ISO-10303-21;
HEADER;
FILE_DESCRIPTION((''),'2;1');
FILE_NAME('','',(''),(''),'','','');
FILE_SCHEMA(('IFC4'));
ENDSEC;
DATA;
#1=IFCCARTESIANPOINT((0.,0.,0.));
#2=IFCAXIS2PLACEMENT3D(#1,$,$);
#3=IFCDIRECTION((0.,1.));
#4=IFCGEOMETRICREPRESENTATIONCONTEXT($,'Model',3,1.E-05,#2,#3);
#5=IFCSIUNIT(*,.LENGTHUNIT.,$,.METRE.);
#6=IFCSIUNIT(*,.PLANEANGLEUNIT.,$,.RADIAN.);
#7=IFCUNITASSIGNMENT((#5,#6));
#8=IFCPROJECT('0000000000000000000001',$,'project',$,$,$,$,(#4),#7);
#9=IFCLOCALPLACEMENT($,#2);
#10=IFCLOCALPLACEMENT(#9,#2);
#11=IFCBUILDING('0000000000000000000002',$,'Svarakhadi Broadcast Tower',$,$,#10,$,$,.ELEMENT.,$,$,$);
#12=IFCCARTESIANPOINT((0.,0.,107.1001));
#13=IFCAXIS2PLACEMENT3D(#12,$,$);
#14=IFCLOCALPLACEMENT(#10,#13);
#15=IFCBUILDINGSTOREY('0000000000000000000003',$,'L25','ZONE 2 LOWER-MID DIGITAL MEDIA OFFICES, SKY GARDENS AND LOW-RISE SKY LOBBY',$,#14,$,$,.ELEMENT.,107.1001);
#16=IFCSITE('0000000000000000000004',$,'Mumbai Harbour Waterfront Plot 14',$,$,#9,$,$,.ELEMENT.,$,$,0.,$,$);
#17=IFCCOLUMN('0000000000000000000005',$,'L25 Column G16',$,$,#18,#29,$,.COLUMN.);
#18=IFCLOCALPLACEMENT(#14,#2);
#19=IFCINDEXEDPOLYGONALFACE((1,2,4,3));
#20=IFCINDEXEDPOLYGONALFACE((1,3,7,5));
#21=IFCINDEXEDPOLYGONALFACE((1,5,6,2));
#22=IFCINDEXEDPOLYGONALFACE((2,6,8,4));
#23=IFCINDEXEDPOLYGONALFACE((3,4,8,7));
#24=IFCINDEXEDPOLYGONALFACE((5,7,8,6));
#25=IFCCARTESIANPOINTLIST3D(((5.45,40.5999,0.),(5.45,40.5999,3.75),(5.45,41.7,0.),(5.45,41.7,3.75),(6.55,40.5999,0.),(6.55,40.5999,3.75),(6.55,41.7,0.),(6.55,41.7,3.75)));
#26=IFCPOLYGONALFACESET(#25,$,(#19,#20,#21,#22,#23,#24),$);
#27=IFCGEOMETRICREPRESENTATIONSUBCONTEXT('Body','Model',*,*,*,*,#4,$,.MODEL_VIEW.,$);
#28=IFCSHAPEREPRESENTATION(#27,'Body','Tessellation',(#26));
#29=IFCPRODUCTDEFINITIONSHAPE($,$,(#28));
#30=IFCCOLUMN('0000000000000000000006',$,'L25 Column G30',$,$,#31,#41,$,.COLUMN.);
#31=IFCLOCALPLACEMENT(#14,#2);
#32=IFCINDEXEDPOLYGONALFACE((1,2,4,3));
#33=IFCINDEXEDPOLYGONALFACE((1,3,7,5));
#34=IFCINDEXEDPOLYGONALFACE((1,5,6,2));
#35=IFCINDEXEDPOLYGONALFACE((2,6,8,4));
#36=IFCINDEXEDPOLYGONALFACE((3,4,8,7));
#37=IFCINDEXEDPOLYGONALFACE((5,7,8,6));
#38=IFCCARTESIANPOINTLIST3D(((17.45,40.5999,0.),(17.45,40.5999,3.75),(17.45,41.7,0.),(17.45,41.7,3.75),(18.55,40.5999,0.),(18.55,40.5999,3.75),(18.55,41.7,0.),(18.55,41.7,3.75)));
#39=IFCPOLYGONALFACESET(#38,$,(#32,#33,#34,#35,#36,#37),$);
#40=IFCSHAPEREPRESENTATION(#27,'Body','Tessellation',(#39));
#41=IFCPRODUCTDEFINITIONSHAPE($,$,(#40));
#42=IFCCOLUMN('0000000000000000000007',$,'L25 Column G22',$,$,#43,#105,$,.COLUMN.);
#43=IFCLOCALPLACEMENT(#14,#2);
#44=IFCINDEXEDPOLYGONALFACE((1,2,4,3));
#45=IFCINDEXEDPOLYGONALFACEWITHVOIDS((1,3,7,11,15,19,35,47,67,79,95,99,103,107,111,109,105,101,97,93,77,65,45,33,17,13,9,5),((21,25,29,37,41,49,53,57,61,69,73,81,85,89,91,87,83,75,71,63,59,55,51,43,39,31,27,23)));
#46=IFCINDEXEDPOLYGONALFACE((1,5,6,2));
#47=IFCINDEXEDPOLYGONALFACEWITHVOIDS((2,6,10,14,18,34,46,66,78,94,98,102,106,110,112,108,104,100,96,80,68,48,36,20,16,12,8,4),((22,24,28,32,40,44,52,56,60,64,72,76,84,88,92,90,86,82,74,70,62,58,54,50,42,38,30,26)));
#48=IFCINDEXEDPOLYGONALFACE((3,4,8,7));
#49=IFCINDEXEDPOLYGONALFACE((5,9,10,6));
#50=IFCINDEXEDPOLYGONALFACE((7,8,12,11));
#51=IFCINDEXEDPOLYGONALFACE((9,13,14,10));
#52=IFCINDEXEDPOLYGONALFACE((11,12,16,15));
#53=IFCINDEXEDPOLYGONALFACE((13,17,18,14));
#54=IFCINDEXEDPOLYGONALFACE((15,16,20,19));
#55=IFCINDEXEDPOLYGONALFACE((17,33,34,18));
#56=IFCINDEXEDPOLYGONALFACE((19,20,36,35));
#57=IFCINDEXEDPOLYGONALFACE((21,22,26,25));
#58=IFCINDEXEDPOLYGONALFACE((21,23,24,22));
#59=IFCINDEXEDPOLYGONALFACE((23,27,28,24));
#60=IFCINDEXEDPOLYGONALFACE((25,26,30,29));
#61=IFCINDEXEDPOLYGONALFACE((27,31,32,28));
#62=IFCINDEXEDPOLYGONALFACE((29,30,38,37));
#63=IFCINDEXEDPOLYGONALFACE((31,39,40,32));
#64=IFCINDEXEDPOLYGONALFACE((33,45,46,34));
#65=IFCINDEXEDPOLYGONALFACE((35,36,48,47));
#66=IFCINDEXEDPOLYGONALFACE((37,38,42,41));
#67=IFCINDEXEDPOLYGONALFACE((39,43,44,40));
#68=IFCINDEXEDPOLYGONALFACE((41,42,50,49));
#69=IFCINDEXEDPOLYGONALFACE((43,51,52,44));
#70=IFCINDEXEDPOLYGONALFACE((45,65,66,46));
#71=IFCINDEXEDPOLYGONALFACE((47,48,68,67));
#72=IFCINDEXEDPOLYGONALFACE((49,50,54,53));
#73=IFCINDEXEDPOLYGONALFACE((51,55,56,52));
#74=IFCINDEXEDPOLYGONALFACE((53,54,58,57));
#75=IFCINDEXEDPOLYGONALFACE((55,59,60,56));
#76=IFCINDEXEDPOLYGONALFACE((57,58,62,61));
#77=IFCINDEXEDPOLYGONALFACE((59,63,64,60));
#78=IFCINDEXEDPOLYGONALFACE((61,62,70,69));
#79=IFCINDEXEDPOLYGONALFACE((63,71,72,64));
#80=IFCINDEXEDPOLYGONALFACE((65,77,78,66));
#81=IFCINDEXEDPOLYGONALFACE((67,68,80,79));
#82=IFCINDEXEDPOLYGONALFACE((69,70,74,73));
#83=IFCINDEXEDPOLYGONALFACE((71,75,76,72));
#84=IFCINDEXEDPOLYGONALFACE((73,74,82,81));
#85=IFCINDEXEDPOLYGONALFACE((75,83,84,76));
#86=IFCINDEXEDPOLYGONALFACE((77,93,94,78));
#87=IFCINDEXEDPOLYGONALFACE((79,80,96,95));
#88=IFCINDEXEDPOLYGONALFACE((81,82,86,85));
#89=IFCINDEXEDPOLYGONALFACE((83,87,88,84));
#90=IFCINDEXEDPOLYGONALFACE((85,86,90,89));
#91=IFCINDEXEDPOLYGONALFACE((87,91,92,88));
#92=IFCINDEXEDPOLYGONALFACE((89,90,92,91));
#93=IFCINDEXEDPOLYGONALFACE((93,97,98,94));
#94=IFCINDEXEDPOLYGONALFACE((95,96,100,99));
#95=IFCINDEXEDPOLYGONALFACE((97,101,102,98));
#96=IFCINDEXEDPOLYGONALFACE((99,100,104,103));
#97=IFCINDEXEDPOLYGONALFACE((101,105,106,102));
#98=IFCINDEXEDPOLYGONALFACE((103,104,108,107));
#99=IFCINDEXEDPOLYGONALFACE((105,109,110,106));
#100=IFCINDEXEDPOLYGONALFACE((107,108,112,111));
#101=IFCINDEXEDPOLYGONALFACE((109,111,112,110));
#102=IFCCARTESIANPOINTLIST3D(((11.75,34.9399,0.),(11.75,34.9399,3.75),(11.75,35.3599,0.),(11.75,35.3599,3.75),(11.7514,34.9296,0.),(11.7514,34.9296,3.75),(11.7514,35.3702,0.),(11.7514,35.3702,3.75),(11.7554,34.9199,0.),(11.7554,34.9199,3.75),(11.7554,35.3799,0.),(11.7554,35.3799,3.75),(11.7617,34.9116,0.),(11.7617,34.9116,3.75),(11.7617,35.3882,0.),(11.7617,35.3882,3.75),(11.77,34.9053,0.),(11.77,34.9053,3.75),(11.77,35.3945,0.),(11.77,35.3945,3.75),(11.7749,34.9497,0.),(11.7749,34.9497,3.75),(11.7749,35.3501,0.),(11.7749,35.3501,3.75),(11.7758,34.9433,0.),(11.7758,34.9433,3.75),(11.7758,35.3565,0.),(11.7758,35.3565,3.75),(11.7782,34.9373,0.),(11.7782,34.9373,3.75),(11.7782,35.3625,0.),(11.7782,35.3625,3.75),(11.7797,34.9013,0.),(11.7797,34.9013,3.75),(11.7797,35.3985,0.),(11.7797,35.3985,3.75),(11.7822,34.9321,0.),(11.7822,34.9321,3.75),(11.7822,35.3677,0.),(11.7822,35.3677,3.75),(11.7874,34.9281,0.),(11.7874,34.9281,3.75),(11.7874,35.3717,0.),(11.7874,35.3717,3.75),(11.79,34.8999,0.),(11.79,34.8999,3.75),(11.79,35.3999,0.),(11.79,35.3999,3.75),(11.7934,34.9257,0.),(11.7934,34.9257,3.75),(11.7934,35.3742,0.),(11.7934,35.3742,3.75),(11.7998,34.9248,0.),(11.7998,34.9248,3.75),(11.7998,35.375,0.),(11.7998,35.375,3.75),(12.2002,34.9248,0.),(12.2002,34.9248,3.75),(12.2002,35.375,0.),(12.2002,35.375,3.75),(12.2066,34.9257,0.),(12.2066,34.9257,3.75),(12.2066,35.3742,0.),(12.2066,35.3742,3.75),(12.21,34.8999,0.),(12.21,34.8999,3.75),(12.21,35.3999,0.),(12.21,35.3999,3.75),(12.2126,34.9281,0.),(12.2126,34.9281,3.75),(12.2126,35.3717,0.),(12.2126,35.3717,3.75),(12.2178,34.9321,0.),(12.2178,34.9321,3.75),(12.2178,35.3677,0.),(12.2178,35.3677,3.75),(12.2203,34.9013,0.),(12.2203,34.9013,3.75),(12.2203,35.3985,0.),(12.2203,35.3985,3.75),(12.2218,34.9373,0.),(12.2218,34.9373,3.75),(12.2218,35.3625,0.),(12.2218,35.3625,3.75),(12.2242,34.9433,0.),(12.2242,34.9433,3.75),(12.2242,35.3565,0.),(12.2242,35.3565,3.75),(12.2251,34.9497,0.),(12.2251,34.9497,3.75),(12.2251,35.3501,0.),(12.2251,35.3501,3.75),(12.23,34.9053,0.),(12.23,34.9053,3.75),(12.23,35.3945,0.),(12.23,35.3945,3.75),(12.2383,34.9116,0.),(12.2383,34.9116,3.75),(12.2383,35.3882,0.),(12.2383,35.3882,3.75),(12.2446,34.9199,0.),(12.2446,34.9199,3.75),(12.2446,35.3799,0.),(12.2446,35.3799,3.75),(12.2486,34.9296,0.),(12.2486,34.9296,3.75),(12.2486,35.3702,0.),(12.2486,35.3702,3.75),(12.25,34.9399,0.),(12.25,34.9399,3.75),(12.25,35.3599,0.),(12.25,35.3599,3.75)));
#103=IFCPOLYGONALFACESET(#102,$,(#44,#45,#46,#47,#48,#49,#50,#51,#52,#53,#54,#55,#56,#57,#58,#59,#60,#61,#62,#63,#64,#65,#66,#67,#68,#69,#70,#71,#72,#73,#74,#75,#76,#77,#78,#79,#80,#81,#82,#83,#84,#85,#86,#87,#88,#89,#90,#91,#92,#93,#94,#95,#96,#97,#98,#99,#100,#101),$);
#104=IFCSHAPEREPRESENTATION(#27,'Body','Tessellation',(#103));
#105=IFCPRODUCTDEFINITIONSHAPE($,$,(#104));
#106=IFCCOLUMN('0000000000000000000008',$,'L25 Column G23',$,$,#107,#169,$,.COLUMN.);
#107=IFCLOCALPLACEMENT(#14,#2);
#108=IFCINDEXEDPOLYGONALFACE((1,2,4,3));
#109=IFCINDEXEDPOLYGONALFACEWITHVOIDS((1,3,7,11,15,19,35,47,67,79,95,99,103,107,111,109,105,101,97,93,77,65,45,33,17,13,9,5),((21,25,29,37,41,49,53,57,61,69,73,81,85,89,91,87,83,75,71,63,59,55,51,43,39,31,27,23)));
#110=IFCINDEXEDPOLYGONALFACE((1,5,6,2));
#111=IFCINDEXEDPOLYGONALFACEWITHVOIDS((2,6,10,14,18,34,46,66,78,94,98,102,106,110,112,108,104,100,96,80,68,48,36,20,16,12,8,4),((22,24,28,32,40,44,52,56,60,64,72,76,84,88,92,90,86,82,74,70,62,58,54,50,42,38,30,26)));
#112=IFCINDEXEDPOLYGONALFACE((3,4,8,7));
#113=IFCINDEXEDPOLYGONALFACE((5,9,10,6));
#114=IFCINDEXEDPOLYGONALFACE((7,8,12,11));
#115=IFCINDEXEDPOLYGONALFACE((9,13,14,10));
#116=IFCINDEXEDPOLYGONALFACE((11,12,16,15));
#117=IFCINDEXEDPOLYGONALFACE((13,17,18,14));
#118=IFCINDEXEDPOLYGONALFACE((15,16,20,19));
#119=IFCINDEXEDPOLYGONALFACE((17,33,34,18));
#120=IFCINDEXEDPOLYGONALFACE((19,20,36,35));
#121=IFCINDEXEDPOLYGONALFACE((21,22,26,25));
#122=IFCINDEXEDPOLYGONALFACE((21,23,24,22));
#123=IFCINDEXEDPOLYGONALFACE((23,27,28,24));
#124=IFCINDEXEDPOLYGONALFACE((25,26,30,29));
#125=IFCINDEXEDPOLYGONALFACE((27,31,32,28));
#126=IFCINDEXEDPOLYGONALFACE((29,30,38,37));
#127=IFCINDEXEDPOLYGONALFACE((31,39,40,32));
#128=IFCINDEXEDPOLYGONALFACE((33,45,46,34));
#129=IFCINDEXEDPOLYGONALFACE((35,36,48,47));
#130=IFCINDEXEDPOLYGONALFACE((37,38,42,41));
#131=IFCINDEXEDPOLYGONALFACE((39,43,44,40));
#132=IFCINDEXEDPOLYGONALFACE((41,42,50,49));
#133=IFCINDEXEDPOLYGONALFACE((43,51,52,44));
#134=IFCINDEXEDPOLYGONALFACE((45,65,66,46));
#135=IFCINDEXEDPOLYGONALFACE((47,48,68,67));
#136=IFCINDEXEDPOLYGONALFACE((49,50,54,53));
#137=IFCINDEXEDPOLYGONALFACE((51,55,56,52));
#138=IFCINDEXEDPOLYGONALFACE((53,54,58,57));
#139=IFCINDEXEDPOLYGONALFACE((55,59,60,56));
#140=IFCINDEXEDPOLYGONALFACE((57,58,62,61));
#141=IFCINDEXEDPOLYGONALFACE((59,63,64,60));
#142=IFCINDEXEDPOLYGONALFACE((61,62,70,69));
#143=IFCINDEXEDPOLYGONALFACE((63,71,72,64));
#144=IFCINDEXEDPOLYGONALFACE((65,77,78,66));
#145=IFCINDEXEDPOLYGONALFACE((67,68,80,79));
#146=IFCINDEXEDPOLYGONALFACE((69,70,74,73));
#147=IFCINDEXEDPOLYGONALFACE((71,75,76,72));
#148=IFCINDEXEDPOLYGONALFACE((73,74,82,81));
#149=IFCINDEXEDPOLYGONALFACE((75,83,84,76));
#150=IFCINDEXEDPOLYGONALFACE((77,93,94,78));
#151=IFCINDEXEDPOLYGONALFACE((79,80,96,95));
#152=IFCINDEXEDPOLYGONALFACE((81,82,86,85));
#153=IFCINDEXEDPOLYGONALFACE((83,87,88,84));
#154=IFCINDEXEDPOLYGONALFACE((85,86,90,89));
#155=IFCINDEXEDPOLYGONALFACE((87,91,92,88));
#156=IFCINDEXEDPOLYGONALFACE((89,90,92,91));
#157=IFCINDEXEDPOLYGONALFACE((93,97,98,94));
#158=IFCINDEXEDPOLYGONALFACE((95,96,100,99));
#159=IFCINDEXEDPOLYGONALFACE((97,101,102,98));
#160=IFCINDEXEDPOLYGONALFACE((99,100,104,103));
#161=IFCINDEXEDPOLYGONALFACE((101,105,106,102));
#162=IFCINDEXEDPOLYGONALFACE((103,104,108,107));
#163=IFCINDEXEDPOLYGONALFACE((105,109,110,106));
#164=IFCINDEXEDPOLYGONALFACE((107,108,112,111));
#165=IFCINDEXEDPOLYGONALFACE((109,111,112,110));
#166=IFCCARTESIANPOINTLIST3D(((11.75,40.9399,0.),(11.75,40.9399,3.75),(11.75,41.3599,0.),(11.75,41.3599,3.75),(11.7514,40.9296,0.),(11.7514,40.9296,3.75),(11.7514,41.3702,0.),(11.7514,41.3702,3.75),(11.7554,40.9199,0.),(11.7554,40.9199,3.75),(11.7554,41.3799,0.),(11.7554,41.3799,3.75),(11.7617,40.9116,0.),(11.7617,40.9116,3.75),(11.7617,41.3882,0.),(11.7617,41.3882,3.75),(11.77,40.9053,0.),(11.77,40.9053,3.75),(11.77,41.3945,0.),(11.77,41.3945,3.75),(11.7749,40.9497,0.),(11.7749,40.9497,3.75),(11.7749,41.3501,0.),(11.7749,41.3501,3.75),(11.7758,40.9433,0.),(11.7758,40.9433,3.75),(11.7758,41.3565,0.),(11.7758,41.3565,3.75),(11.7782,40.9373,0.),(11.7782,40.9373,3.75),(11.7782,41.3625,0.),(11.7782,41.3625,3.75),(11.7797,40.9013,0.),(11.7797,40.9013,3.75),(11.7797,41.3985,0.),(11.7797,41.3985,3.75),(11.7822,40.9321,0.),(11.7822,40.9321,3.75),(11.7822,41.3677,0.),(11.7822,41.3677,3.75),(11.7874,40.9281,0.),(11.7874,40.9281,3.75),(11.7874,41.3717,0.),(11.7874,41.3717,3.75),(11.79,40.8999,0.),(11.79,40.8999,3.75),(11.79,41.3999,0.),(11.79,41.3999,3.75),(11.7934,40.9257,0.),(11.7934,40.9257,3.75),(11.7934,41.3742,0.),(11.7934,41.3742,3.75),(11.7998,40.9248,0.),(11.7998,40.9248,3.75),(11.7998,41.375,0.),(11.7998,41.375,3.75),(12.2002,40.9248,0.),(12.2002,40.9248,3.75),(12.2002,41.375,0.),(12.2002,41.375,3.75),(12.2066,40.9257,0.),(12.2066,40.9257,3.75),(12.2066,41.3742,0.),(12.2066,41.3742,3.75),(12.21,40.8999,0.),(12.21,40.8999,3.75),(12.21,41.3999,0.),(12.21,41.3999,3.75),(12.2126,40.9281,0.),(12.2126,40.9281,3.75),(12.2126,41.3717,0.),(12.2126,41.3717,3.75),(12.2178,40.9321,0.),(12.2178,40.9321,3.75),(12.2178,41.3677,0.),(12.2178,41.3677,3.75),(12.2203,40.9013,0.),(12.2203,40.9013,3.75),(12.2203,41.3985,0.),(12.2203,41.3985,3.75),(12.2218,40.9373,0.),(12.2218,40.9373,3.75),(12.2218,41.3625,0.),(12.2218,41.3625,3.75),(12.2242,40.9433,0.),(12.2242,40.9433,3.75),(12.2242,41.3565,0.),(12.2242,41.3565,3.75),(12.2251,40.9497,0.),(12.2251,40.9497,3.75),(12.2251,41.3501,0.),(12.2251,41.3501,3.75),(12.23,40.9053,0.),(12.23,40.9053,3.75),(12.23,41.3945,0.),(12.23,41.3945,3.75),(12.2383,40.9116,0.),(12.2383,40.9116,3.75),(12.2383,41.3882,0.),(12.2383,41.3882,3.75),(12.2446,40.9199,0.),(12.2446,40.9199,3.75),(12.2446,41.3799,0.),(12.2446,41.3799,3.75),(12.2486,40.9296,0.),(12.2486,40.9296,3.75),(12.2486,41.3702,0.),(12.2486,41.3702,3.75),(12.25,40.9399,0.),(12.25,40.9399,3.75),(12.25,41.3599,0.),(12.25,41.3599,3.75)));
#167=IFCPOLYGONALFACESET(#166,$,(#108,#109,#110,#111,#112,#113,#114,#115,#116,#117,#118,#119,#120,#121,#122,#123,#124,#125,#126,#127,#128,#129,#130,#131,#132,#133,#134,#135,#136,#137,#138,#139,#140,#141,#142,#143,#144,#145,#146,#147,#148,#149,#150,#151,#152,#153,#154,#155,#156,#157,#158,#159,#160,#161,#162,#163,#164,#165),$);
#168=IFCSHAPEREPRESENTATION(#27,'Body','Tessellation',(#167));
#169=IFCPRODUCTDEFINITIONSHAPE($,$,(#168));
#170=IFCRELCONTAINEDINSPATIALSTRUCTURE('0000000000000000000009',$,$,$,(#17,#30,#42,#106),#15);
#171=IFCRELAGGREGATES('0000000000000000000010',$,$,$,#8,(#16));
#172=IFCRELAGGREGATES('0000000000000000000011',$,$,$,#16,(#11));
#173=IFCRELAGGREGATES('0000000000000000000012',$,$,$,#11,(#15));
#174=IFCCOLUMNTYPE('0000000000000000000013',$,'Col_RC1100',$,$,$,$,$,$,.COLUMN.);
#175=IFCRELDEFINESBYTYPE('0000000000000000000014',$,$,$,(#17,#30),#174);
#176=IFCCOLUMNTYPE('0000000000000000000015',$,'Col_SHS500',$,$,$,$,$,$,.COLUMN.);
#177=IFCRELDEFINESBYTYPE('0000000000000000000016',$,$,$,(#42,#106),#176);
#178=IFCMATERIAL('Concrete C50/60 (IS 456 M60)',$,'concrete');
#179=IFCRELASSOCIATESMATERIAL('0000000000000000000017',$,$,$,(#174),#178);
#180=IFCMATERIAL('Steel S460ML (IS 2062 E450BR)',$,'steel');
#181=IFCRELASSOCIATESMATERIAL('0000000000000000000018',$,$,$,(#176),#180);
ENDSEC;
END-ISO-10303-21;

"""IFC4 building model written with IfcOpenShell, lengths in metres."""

from ifc_helpers import new_model, si_unit, direction, frame, origin, origin_2d, place, context, subcontext, project, spatial, rectangle, hollow_rectangle, extrude, material, material_profile, profile_set, type_object, element, save


model = new_model("IFC4")

# Units and contexts
model_context = context("Model", 3, precision=1e-05, world=origin(), true_north=direction((0.0, 1.0)))
body_context = subcontext(model_context, "Body", "Model", "MODEL_VIEW")
ifc_project = project(units=[si_unit("LENGTHUNIT", "METRE"), si_unit("PLANEANGLEUNIT", "RADIAN")], contexts=[model_context])

# Site, building, storey
site_placement = place(None, origin())
site = spatial("IfcSite", under=ifc_project, at=site_placement, Name="Mumbai Harbour Waterfront Plot 14", CompositionType="ELEMENT", RefElevation=0.0)
building_placement = place(site_placement, origin())
building = spatial("IfcBuilding", under=site, at=building_placement, Name="Svarakhadi Broadcast Tower", CompositionType="ELEMENT")
storey_placement = place(building_placement, frame((0.0, 0.0, 107.1001)))
storey = spatial("IfcBuildingStorey", under=building, at=storey_placement, Name="L25", Description="ZONE 2 LOWER-MID DIGITAL MEDIA OFFICES, SKY GARDENS AND LOW-RISE SKY LOBBY", CompositionType="ELEMENT", Elevation=107.1001)

# Columns
ifc_material_1 = material(Name="Concrete C50/60 (IS 456 M60)", Category="concrete")
ifc_material_profile_1 = material_profile(ifc_material_1, rectangle(XDim=1.1001, YDim=1.1001, at=origin_2d()), Name="RC 1100x1100")
ifc_profile_set_1 = profile_set([ifc_material_profile_1], Name="Concrete C50/60 (IS 456 M60)")
column_type_1 = type_object("IfcColumnType", Name="Col_RC1100", PredefinedType="COLUMN", material=ifc_profile_set_1)
for number, where, z_axis, x_axis, name in (
    (1, (6.0, 41.1499, 0.0), (0.0, 0.0, 1.0), (1.0, 0.0, 0.0), "L25 Column G16"),
    (2, (18.0, 41.1499, 0.0), (0.0, 0.0, 1.0), (1.0, 0.0, 0.0), "L25 Column G30"),
):
    element("IfcColumn", number, at=place(storey_placement, frame(where, z_axis=z_axis, x_axis=x_axis)), inside=storey, type_object=column_type_1, Name=name, PredefinedType="COLUMN", context=body_context, shape_type="SweptSolid", body=[
        extrude(rectangle(XDim=1.1001, YDim=1.1001, at=origin_2d()), origin(), (0.0, 0.0, 1.0), 3.75),
    ])
ifc_material_2 = material(Name="Steel S460ML (IS 2062 E450BR)", Category="steel")
ifc_material_profile_2 = material_profile(ifc_material_2, hollow_rectangle(XDim=0.5, YDim=0.5, WallThickness=0.0249, InnerFilletRadius=0.0249, OuterFilletRadius=0.04, at=origin_2d()), Name="SHS 500x500x25")
ifc_profile_set_2 = profile_set([ifc_material_profile_2], Name="Steel S460ML (IS 2062 E450BR)")
column_type_2 = type_object("IfcColumnType", Name="Col_SHS500", PredefinedType="COLUMN", material=ifc_profile_set_2)
for number, where, z_axis, x_axis, name in (
    (3, (12.0, 35.1499, 0.0), (0.0, 0.0, 1.0), (1.0, 0.0, 0.0), "L25 Column G22"),
    (4, (12.0, 41.1499, 0.0), (0.0, 0.0, 1.0), (1.0, 0.0, 0.0), "L25 Column G23"),
):
    element("IfcColumn", number, at=place(storey_placement, frame(where, z_axis=z_axis, x_axis=x_axis)), inside=storey, type_object=column_type_2, Name=name, PredefinedType="COLUMN", context=body_context, shape_type="SweptSolid", body=[
        extrude(hollow_rectangle(XDim=0.5, YDim=0.5, WallThickness=0.0249, InnerFilletRadius=0.0249, OuterFilletRadius=0.04, at=origin_2d()), origin(), (0.0, 0.0, 1.0), 3.75),
    ])

save(model, "model.ifc")
